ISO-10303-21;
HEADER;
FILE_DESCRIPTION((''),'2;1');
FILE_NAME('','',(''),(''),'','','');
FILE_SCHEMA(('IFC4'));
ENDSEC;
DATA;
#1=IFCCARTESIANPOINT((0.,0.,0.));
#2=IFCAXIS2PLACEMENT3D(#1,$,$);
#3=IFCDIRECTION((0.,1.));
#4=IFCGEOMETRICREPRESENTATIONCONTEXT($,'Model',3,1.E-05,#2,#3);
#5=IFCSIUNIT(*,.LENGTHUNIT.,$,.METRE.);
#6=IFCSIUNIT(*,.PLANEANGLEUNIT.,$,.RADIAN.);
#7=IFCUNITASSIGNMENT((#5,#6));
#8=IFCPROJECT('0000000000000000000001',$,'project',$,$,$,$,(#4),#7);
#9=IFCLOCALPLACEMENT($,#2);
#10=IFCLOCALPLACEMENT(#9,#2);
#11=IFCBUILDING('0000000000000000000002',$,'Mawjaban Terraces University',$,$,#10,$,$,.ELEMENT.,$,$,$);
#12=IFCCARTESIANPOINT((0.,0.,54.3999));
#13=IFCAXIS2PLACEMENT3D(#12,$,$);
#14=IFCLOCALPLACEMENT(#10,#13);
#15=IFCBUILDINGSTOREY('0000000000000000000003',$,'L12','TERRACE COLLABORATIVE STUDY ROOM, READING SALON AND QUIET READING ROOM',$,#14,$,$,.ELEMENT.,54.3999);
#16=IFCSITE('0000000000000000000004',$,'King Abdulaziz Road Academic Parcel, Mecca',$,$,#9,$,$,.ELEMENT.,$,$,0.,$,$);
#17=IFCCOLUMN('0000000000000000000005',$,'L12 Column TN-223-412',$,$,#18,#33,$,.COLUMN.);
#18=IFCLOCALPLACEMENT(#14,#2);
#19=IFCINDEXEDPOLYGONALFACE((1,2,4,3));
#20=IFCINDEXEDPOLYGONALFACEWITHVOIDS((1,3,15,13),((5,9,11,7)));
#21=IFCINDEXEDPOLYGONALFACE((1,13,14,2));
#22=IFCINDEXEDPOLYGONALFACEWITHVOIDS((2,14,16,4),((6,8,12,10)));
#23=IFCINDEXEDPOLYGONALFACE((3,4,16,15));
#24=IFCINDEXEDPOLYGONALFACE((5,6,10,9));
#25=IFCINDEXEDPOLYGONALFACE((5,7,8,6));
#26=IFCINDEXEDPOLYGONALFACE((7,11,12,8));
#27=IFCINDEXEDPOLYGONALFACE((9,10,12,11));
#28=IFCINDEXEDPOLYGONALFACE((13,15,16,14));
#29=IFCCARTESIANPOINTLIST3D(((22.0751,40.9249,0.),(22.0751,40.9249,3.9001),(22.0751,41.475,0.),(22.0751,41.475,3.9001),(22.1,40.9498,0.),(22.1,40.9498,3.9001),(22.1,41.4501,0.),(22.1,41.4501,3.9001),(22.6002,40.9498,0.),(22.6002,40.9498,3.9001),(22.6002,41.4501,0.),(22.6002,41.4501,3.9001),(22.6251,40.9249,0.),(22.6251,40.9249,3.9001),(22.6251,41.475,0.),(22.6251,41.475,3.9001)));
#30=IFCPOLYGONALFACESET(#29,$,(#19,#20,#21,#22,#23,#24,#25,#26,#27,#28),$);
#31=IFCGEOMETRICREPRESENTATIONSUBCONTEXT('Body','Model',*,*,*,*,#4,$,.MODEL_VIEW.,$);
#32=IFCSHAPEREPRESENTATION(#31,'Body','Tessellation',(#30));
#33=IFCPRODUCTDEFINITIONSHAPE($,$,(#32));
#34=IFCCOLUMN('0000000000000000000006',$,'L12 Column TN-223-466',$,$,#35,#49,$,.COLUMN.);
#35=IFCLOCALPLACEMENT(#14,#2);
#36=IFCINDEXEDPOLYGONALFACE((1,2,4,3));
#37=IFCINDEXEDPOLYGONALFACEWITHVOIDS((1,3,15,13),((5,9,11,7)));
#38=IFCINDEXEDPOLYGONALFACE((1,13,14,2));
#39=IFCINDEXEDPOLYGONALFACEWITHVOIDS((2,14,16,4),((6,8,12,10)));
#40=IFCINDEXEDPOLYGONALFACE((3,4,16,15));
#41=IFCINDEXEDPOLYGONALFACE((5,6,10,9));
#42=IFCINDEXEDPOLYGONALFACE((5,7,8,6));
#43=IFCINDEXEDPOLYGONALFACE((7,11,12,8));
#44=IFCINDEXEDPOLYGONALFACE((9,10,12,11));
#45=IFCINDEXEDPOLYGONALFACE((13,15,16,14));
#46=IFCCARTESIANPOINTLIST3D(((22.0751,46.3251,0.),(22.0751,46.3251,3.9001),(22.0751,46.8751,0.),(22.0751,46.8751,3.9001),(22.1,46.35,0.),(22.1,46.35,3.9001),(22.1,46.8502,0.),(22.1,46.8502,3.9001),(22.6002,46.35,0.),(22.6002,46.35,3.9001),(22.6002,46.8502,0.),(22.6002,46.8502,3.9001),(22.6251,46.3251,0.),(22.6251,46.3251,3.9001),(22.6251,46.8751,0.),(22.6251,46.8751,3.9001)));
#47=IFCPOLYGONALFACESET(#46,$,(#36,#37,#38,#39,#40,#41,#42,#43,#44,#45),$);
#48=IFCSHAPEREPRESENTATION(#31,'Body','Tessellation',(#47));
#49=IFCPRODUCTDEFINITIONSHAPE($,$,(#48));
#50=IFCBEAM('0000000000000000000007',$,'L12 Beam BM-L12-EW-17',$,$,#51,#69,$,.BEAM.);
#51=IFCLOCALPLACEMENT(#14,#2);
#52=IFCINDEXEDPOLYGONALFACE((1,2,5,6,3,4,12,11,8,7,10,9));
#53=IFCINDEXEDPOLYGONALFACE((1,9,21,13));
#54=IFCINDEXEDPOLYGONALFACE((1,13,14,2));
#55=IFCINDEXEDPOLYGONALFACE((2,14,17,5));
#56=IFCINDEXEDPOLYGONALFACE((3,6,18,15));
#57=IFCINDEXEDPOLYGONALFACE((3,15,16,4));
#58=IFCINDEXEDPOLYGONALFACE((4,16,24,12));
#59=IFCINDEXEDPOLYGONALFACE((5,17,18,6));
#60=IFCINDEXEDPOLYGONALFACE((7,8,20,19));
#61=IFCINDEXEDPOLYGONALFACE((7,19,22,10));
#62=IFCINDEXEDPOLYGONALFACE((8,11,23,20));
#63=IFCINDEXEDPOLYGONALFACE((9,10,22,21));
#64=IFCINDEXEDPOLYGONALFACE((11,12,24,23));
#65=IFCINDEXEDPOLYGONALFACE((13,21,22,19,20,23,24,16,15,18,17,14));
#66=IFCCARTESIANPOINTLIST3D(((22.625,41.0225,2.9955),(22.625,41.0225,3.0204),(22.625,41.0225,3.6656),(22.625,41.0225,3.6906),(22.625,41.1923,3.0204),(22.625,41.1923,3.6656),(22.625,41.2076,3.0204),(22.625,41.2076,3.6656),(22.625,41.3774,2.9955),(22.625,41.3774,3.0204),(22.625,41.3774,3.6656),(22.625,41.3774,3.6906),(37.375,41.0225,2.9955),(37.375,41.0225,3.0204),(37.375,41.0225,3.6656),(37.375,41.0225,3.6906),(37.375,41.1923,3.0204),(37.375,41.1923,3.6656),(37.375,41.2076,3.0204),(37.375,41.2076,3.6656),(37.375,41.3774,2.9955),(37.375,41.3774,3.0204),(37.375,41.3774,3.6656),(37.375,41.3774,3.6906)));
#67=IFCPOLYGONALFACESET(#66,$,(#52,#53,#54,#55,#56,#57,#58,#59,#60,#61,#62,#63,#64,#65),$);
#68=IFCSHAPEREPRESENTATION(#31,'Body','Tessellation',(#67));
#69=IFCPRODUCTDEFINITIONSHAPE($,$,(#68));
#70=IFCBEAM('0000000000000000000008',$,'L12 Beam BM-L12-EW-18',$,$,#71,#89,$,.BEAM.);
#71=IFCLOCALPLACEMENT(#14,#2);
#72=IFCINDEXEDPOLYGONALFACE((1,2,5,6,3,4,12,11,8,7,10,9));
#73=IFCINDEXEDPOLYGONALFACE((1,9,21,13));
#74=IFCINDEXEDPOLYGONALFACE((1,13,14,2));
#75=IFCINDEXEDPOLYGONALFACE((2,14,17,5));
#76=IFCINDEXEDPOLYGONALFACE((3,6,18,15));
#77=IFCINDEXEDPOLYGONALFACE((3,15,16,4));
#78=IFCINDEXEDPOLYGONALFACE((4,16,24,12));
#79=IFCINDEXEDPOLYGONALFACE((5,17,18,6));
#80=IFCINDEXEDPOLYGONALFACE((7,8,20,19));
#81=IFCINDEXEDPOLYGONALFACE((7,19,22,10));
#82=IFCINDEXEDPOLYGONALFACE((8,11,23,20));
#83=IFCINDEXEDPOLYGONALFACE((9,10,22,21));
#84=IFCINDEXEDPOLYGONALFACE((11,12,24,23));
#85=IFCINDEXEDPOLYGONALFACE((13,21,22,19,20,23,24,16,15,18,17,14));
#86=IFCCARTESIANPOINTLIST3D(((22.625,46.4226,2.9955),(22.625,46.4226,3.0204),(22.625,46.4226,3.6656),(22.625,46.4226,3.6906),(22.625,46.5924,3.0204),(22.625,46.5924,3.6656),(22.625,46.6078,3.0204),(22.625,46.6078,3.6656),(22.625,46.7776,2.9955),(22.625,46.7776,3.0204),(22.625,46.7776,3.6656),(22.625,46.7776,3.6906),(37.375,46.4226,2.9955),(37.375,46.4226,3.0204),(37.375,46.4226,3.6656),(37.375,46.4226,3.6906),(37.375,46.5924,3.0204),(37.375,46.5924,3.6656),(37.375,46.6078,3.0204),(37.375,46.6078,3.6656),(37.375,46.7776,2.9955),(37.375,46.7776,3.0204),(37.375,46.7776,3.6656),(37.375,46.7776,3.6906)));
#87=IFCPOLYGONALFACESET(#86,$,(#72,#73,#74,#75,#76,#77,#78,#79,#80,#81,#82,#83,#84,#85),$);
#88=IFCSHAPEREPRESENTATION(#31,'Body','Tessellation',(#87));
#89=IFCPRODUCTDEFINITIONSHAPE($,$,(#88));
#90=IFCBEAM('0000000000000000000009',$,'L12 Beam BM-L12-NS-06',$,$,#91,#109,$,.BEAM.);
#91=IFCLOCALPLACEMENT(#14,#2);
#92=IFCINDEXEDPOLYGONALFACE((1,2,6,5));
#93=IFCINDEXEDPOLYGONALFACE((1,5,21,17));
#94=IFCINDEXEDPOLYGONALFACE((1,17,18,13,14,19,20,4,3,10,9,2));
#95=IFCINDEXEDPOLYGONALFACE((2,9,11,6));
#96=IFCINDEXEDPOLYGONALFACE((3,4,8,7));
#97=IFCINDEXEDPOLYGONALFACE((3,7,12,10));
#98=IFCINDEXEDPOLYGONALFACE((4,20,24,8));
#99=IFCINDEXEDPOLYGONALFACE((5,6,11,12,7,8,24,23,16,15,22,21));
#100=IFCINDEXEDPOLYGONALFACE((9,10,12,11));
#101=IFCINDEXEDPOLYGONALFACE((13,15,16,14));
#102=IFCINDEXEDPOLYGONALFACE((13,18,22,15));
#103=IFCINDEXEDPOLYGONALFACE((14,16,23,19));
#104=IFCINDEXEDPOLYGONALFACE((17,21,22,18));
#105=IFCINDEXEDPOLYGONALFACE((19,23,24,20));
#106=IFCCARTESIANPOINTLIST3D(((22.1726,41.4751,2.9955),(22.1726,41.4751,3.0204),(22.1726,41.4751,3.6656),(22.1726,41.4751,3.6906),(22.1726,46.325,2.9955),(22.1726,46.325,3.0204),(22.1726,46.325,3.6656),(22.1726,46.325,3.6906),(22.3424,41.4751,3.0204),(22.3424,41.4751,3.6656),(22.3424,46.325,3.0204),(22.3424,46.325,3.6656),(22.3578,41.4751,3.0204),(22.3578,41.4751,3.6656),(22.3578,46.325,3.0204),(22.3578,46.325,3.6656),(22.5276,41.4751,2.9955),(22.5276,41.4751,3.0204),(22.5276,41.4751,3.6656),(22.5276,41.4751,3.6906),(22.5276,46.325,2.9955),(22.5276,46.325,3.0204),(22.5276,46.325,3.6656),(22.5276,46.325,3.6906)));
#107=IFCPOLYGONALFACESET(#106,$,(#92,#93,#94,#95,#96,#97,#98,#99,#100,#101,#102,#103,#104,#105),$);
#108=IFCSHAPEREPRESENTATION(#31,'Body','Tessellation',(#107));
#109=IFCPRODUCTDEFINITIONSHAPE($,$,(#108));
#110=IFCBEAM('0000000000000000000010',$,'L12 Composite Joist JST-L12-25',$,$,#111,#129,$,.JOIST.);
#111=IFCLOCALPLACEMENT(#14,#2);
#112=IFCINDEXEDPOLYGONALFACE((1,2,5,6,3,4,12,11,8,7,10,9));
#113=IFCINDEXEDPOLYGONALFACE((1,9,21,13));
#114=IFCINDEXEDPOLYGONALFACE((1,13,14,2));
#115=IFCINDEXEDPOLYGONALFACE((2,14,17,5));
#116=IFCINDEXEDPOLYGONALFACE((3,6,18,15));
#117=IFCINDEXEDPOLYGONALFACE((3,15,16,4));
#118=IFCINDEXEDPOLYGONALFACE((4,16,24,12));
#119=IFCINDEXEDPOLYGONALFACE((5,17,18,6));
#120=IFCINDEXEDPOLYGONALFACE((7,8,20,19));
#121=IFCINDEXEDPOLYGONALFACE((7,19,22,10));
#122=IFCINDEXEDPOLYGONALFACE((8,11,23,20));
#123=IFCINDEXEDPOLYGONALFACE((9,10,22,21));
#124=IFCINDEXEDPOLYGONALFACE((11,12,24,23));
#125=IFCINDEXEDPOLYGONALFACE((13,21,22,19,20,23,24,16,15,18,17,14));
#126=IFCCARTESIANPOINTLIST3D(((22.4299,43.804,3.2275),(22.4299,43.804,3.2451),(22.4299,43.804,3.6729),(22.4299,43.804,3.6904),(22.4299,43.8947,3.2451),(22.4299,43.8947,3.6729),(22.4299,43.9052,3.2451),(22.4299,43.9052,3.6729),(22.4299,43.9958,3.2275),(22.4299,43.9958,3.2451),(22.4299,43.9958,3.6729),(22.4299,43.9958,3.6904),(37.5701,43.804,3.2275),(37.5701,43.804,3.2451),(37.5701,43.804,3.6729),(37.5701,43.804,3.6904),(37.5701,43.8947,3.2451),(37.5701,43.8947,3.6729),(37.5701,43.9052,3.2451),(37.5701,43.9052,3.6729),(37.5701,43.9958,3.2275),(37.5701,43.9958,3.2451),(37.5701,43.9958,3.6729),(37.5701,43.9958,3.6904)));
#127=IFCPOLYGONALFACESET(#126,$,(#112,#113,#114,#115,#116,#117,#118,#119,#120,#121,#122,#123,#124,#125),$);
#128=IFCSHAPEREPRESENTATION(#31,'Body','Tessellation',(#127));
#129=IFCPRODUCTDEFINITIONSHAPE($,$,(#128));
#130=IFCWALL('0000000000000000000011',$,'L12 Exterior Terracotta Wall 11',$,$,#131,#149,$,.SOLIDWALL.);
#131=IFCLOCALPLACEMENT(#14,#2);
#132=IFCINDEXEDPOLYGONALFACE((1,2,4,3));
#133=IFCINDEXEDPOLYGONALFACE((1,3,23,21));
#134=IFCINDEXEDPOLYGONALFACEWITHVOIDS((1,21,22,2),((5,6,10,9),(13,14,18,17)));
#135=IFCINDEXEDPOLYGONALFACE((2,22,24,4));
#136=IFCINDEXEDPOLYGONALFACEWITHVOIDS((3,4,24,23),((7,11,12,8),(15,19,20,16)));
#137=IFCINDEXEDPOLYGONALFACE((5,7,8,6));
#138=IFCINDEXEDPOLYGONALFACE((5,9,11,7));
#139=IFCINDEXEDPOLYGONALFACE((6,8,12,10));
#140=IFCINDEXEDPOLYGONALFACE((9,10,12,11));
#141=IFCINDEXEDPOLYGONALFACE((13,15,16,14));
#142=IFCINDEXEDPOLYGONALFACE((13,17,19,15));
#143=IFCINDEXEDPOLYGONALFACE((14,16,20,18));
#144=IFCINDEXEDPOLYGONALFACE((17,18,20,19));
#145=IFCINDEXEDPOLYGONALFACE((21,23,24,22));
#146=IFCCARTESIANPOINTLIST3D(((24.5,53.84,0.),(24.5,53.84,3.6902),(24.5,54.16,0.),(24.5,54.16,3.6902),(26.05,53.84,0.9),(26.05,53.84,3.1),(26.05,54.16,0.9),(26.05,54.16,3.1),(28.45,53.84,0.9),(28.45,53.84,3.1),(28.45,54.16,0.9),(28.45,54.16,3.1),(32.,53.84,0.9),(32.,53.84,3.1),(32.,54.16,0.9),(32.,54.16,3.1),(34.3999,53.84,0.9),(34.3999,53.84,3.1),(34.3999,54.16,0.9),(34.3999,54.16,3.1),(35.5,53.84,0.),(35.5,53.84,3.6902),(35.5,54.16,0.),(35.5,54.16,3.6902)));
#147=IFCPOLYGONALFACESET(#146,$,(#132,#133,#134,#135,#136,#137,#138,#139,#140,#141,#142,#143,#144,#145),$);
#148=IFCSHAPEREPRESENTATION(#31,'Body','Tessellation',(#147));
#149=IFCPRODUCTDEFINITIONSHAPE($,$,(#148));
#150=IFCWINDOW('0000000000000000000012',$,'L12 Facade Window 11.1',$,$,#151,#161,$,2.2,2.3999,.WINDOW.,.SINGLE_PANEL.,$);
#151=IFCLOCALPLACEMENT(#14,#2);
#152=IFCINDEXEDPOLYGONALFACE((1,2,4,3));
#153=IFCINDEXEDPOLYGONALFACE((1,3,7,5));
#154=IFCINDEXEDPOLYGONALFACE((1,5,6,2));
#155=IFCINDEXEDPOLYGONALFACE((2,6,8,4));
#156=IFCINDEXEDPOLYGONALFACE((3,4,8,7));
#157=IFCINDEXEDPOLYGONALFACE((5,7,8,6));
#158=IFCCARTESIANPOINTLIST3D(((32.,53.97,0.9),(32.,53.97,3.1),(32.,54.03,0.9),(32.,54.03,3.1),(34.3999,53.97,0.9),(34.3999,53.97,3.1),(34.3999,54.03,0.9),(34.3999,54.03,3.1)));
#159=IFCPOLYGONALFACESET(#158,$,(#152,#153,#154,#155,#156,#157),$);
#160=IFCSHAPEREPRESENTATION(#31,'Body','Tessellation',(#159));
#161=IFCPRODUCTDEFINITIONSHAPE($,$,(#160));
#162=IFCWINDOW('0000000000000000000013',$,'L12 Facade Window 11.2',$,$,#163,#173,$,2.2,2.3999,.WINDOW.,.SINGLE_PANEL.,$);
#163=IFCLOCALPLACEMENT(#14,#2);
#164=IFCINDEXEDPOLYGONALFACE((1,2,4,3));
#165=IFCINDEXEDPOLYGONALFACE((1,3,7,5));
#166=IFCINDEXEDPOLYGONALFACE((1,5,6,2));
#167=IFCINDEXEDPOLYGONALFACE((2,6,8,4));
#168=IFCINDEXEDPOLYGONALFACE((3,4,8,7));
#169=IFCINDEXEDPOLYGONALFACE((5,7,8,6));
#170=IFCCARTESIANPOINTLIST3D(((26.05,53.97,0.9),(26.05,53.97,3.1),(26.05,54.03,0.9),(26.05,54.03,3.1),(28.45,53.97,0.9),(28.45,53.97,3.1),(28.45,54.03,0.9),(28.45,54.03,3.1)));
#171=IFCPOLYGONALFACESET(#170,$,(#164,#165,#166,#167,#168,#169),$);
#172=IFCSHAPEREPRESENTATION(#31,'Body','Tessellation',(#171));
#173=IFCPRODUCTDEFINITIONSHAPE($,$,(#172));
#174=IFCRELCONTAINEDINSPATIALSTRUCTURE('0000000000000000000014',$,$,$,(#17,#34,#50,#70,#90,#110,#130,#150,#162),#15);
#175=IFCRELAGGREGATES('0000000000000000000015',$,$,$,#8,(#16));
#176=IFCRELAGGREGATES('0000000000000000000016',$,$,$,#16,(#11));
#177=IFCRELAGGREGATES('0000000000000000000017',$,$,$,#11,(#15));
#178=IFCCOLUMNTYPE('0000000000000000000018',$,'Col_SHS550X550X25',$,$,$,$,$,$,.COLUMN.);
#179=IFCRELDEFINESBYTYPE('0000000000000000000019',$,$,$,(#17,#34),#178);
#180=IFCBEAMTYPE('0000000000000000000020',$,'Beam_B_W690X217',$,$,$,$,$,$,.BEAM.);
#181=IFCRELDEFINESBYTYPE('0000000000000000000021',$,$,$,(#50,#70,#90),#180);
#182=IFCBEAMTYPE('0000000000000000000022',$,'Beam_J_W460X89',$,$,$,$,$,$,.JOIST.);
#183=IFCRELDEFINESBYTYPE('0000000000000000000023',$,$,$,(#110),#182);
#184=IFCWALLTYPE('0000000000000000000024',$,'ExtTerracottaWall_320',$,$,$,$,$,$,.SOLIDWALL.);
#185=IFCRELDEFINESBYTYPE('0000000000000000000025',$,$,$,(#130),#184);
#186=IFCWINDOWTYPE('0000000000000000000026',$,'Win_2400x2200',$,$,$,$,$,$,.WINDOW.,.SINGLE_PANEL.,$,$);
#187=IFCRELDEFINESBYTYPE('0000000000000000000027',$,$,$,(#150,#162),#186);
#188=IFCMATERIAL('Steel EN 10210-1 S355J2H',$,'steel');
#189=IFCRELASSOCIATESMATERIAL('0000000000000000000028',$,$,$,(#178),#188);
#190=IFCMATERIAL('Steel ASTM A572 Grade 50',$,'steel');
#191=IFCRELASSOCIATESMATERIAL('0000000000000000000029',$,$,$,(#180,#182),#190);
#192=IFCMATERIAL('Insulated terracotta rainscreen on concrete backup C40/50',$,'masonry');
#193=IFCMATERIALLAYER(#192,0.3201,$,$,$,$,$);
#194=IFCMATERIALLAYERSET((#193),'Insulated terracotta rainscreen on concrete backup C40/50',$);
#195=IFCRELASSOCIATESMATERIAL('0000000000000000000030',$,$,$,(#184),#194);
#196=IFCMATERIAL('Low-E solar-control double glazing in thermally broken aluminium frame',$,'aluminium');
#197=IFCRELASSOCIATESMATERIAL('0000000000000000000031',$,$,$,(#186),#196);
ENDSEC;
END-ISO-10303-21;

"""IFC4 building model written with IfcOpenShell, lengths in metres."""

from ifc_helpers import new_model, si_unit, direction, frame, frame_2d, origin, origin_2d, place, context, subcontext, project, spatial, rectangle, hollow_rectangle, i_section, extrude, material, layer, layer_set, material_profile, profile_set, type_object, element, fill, save


model = new_model("IFC4")

# Units and contexts
model_context = context("Model", 3, precision=1e-05, world=origin(), true_north=direction((0.0, 1.0)))
body_context = subcontext(model_context, "Body", "Model", "MODEL_VIEW")
ifc_project = project(units=[si_unit("LENGTHUNIT", "METRE"), si_unit("PLANEANGLEUNIT", "RADIAN")], contexts=[model_context])

# Site, building, storey
site_placement = place(None, origin())
site = spatial("IfcSite", under=ifc_project, at=site_placement, Name="King Abdulaziz Road Academic Parcel, Mecca", CompositionType="ELEMENT", RefElevation=0.0)
building_placement = place(site_placement, origin())
building = spatial("IfcBuilding", under=site, at=building_placement, Name="Mawjaban Terraces University", CompositionType="ELEMENT")
storey_placement = place(building_placement, frame((0.0, 0.0, 54.3999)))
storey = spatial("IfcBuildingStorey", under=building, at=storey_placement, Name="L12", Description="TERRACE COLLABORATIVE STUDY ROOM, READING SALON AND QUIET READING ROOM", CompositionType="ELEMENT", Elevation=54.3999)

# Columns
ifc_material_1 = material(Name="Steel EN 10210-1 S355J2H", Category="steel")
ifc_material_profile_1 = material_profile(ifc_material_1, hollow_rectangle(XDim=0.55, YDim=0.55, WallThickness=0.0249, at=origin_2d()), Name="SHS550X550X25")
ifc_profile_set_1 = profile_set([ifc_material_profile_1], Name="Steel EN 10210-1 S355J2H")
column_type = type_object("IfcColumnType", Name="Col_SHS550X550X25", PredefinedType="COLUMN", material=ifc_profile_set_1)
for number, where, z_axis, x_axis, name in (
    (1, (22.3501, 41.2, 0.0), (0.0, 0.0, 1.0), (1.0, 0.0, 0.0), "L12 Column TN-223-412"),
    (2, (22.3501, 46.6001, 0.0), (0.0, 0.0, 1.0), (1.0, 0.0, 0.0), "L12 Column TN-223-466"),
):
    element("IfcColumn", number, at=place(storey_placement, frame(where, z_axis=z_axis, x_axis=x_axis)), inside=storey, type_object=column_type, Name=name, PredefinedType="COLUMN", context=body_context, shape_type="SweptSolid", body=[
        extrude(hollow_rectangle(XDim=0.55, YDim=0.55, WallThickness=0.0249, at=origin_2d()), origin(), (0.0, 0.0, 1.0), 3.9001),
    ])

# Beams
ifc_material_2 = material(Name="Steel ASTM A572 Grade 50", Category="steel")
ifc_material_profile_2 = material_profile(ifc_material_2, i_section(OverallWidth=0.355, OverallDepth=0.6951, WebThickness=0.0154, FlangeThickness=0.0249, at=origin_2d()), Name="W690X217")
ifc_profile_set_2 = profile_set([ifc_material_profile_2], Name="Steel ASTM A572 Grade 50")
beam_type_1 = type_object("IfcBeamType", Name="Beam_B_W690X217", PredefinedType="BEAM", material=ifc_profile_set_2)
for number, where, z_axis, x_axis, name in (
    (3, (22.625, 41.2, 3.343), (1.0, 0.0, 0.0), (0.0, 1.0, 0.0), "L12 Beam BM-L12-EW-17"),
    (4, (22.625, 46.6001, 3.343), (1.0, 0.0, 0.0), (0.0, 1.0, 0.0), "L12 Beam BM-L12-EW-18"),
):
    element("IfcBeam", number, at=place(storey_placement, frame(where, z_axis=z_axis, x_axis=x_axis)), inside=storey, type_object=beam_type_1, Name=name, PredefinedType="BEAM", context=body_context, shape_type="SweptSolid", body=[
        extrude(i_section(OverallWidth=0.355, OverallDepth=0.6951, WebThickness=0.0154, FlangeThickness=0.0249, at=origin_2d()), origin(), (0.0, 0.0, 1.0), 14.75),
    ])
beam_1_placement = place(storey_placement, frame((22.3501, 41.4751, 3.343), z_axis=(0.0, 1.0, 0.0), x_axis=(-1.0, 0.0, 0.0)))
element("IfcBeam", 5, at=beam_1_placement, inside=storey, type_object=beam_type_1, Name="L12 Beam BM-L12-NS-06", PredefinedType="BEAM", context=body_context, shape_type="SweptSolid", body=[
    extrude(i_section(OverallWidth=0.355, OverallDepth=0.6951, WebThickness=0.0154, FlangeThickness=0.0249, at=origin_2d()), origin(), (0.0, 0.0, 1.0), 4.8499),
])
ifc_material_profile_3 = material_profile(ifc_material_2, i_section(OverallWidth=0.1919, OverallDepth=0.4629, WebThickness=0.0105, FlangeThickness=0.0176, at=origin_2d()), Name="W460X89")
ifc_profile_set_3 = profile_set([ifc_material_profile_3], Name="Steel ASTM A572 Grade 50")
beam_type_2 = type_object("IfcBeamType", Name="Beam_J_W460X89", PredefinedType="JOIST", material=ifc_profile_set_3)
beam_2_placement = place(storey_placement, frame((22.4299, 43.8999, 3.459), z_axis=(1.0, 0.0, 0.0), x_axis=(0.0, 1.0, 0.0)))
element("IfcBeam", 6, at=beam_2_placement, inside=storey, type_object=beam_type_2, Name="L12 Composite Joist JST-L12-25", PredefinedType="JOIST", context=body_context, shape_type="SweptSolid", body=[
    extrude(i_section(OverallWidth=0.1919, OverallDepth=0.4629, WebThickness=0.0105, FlangeThickness=0.0176, at=origin_2d()), origin(), (0.0, 0.0, 1.0), 15.1401),
])

# Wall, openings, windows
ifc_material_3 = material(Name="Insulated terracotta rainscreen on concrete backup C40/50", Category="masonry")
ifc_layer_1 = layer(ifc_material_3, 0.3201)
ifc_layer_set_1 = layer_set([ifc_layer_1], Name="Insulated terracotta rainscreen on concrete backup C40/50")
wall_type_1 = type_object("IfcWallType", Name="ExtTerracottaWall_320", PredefinedType="SOLIDWALL", material=ifc_layer_set_1)
wall_1_placement = place(storey_placement, frame((35.5, 54.0, 0.0), z_axis=(0.0, 0.0, 1.0), x_axis=(-1.0, 0.0, 0.0)))
wall_1 = element("IfcWall", 7, at=wall_1_placement, inside=storey, type_object=wall_type_1, Name="L12 Exterior Terracotta Wall 11", PredefinedType="SOLIDWALL", context=body_context, shape_type="SweptSolid", body=[
    extrude(rectangle(XDim=11.0, YDim=0.3201, at=frame_2d((5.5, 0.0))), origin(), (0.0, 0.0, 1.0), 3.6902),
])
opening_1_placement = place(wall_1_placement, frame((1.1001, 0.0, 0.8999)))
opening_1 = element("IfcOpeningElement", 8, at=opening_1_placement, cuts=wall_1, PredefinedType="OPENING", context=body_context, shape_type="SweptSolid", body=[
    extrude(rectangle(XDim=2.3999, YDim=2.2, at=frame_2d((1.2, 1.1001))), frame((0.0, 0.1699, 0.0), z_axis=(0.0, -1.0, 0.0), x_axis=(1.0, 0.0, 0.0)), (0.0, 0.0, 1.0), 0.3401),
])
opening_2_placement = place(wall_1_placement, frame((7.05, 0.0, 0.8999)))
opening_2 = element("IfcOpeningElement", 9, at=opening_2_placement, cuts=wall_1, PredefinedType="OPENING", context=body_context, shape_type="SweptSolid", body=[
    extrude(rectangle(XDim=2.3999, YDim=2.2, at=frame_2d((1.2, 1.1001))), frame((0.0, 0.1699, 0.0), z_axis=(0.0, -1.0, 0.0), x_axis=(1.0, 0.0, 0.0)), (0.0, 0.0, 1.0), 0.3401),
])
ifc_material_4 = material(Name="Low-E solar-control double glazing in thermally broken aluminium frame", Category="aluminium")
window_type_1 = type_object("IfcWindowType", Name="Win_2400x2200", PartitioningType="SINGLE_PANEL", PredefinedType="WINDOW", material=ifc_material_4)
window_1_placement = place(opening_1_placement, origin())
window_1 = element("IfcWindow", 10, at=window_1_placement, inside=storey, type_object=window_type_1, Name="L12 Facade Window 11.1", OverallHeight=2.2, OverallWidth=2.3999, PartitioningType="SINGLE_PANEL", PredefinedType="WINDOW", context=body_context, shape_type="SweptSolid", body=[
    extrude(rectangle(XDim=2.3999, YDim=2.2, at=frame_2d((1.2, 1.1001))), frame((0.0, 0.03, 0.0), z_axis=(0.0, -1.0, 0.0), x_axis=(1.0, 0.0, 0.0)), (0.0, 0.0, 1.0), 0.0601),
])
fill(opening_1, window_1)
window_2_placement = place(opening_2_placement, origin())
window_2 = element("IfcWindow", 11, at=window_2_placement, inside=storey, type_object=window_type_1, Name="L12 Facade Window 11.2", OverallHeight=2.2, OverallWidth=2.3999, PartitioningType="SINGLE_PANEL", PredefinedType="WINDOW", context=body_context, shape_type="SweptSolid", body=[
    extrude(rectangle(XDim=2.3999, YDim=2.2, at=frame_2d((1.2, 1.1001))), frame((0.0, 0.03, 0.0), z_axis=(0.0, -1.0, 0.0), x_axis=(1.0, 0.0, 0.0)), (0.0, 0.0, 1.0), 0.0601),
])
fill(opening_2, window_2)

save(model, "model.ifc")
